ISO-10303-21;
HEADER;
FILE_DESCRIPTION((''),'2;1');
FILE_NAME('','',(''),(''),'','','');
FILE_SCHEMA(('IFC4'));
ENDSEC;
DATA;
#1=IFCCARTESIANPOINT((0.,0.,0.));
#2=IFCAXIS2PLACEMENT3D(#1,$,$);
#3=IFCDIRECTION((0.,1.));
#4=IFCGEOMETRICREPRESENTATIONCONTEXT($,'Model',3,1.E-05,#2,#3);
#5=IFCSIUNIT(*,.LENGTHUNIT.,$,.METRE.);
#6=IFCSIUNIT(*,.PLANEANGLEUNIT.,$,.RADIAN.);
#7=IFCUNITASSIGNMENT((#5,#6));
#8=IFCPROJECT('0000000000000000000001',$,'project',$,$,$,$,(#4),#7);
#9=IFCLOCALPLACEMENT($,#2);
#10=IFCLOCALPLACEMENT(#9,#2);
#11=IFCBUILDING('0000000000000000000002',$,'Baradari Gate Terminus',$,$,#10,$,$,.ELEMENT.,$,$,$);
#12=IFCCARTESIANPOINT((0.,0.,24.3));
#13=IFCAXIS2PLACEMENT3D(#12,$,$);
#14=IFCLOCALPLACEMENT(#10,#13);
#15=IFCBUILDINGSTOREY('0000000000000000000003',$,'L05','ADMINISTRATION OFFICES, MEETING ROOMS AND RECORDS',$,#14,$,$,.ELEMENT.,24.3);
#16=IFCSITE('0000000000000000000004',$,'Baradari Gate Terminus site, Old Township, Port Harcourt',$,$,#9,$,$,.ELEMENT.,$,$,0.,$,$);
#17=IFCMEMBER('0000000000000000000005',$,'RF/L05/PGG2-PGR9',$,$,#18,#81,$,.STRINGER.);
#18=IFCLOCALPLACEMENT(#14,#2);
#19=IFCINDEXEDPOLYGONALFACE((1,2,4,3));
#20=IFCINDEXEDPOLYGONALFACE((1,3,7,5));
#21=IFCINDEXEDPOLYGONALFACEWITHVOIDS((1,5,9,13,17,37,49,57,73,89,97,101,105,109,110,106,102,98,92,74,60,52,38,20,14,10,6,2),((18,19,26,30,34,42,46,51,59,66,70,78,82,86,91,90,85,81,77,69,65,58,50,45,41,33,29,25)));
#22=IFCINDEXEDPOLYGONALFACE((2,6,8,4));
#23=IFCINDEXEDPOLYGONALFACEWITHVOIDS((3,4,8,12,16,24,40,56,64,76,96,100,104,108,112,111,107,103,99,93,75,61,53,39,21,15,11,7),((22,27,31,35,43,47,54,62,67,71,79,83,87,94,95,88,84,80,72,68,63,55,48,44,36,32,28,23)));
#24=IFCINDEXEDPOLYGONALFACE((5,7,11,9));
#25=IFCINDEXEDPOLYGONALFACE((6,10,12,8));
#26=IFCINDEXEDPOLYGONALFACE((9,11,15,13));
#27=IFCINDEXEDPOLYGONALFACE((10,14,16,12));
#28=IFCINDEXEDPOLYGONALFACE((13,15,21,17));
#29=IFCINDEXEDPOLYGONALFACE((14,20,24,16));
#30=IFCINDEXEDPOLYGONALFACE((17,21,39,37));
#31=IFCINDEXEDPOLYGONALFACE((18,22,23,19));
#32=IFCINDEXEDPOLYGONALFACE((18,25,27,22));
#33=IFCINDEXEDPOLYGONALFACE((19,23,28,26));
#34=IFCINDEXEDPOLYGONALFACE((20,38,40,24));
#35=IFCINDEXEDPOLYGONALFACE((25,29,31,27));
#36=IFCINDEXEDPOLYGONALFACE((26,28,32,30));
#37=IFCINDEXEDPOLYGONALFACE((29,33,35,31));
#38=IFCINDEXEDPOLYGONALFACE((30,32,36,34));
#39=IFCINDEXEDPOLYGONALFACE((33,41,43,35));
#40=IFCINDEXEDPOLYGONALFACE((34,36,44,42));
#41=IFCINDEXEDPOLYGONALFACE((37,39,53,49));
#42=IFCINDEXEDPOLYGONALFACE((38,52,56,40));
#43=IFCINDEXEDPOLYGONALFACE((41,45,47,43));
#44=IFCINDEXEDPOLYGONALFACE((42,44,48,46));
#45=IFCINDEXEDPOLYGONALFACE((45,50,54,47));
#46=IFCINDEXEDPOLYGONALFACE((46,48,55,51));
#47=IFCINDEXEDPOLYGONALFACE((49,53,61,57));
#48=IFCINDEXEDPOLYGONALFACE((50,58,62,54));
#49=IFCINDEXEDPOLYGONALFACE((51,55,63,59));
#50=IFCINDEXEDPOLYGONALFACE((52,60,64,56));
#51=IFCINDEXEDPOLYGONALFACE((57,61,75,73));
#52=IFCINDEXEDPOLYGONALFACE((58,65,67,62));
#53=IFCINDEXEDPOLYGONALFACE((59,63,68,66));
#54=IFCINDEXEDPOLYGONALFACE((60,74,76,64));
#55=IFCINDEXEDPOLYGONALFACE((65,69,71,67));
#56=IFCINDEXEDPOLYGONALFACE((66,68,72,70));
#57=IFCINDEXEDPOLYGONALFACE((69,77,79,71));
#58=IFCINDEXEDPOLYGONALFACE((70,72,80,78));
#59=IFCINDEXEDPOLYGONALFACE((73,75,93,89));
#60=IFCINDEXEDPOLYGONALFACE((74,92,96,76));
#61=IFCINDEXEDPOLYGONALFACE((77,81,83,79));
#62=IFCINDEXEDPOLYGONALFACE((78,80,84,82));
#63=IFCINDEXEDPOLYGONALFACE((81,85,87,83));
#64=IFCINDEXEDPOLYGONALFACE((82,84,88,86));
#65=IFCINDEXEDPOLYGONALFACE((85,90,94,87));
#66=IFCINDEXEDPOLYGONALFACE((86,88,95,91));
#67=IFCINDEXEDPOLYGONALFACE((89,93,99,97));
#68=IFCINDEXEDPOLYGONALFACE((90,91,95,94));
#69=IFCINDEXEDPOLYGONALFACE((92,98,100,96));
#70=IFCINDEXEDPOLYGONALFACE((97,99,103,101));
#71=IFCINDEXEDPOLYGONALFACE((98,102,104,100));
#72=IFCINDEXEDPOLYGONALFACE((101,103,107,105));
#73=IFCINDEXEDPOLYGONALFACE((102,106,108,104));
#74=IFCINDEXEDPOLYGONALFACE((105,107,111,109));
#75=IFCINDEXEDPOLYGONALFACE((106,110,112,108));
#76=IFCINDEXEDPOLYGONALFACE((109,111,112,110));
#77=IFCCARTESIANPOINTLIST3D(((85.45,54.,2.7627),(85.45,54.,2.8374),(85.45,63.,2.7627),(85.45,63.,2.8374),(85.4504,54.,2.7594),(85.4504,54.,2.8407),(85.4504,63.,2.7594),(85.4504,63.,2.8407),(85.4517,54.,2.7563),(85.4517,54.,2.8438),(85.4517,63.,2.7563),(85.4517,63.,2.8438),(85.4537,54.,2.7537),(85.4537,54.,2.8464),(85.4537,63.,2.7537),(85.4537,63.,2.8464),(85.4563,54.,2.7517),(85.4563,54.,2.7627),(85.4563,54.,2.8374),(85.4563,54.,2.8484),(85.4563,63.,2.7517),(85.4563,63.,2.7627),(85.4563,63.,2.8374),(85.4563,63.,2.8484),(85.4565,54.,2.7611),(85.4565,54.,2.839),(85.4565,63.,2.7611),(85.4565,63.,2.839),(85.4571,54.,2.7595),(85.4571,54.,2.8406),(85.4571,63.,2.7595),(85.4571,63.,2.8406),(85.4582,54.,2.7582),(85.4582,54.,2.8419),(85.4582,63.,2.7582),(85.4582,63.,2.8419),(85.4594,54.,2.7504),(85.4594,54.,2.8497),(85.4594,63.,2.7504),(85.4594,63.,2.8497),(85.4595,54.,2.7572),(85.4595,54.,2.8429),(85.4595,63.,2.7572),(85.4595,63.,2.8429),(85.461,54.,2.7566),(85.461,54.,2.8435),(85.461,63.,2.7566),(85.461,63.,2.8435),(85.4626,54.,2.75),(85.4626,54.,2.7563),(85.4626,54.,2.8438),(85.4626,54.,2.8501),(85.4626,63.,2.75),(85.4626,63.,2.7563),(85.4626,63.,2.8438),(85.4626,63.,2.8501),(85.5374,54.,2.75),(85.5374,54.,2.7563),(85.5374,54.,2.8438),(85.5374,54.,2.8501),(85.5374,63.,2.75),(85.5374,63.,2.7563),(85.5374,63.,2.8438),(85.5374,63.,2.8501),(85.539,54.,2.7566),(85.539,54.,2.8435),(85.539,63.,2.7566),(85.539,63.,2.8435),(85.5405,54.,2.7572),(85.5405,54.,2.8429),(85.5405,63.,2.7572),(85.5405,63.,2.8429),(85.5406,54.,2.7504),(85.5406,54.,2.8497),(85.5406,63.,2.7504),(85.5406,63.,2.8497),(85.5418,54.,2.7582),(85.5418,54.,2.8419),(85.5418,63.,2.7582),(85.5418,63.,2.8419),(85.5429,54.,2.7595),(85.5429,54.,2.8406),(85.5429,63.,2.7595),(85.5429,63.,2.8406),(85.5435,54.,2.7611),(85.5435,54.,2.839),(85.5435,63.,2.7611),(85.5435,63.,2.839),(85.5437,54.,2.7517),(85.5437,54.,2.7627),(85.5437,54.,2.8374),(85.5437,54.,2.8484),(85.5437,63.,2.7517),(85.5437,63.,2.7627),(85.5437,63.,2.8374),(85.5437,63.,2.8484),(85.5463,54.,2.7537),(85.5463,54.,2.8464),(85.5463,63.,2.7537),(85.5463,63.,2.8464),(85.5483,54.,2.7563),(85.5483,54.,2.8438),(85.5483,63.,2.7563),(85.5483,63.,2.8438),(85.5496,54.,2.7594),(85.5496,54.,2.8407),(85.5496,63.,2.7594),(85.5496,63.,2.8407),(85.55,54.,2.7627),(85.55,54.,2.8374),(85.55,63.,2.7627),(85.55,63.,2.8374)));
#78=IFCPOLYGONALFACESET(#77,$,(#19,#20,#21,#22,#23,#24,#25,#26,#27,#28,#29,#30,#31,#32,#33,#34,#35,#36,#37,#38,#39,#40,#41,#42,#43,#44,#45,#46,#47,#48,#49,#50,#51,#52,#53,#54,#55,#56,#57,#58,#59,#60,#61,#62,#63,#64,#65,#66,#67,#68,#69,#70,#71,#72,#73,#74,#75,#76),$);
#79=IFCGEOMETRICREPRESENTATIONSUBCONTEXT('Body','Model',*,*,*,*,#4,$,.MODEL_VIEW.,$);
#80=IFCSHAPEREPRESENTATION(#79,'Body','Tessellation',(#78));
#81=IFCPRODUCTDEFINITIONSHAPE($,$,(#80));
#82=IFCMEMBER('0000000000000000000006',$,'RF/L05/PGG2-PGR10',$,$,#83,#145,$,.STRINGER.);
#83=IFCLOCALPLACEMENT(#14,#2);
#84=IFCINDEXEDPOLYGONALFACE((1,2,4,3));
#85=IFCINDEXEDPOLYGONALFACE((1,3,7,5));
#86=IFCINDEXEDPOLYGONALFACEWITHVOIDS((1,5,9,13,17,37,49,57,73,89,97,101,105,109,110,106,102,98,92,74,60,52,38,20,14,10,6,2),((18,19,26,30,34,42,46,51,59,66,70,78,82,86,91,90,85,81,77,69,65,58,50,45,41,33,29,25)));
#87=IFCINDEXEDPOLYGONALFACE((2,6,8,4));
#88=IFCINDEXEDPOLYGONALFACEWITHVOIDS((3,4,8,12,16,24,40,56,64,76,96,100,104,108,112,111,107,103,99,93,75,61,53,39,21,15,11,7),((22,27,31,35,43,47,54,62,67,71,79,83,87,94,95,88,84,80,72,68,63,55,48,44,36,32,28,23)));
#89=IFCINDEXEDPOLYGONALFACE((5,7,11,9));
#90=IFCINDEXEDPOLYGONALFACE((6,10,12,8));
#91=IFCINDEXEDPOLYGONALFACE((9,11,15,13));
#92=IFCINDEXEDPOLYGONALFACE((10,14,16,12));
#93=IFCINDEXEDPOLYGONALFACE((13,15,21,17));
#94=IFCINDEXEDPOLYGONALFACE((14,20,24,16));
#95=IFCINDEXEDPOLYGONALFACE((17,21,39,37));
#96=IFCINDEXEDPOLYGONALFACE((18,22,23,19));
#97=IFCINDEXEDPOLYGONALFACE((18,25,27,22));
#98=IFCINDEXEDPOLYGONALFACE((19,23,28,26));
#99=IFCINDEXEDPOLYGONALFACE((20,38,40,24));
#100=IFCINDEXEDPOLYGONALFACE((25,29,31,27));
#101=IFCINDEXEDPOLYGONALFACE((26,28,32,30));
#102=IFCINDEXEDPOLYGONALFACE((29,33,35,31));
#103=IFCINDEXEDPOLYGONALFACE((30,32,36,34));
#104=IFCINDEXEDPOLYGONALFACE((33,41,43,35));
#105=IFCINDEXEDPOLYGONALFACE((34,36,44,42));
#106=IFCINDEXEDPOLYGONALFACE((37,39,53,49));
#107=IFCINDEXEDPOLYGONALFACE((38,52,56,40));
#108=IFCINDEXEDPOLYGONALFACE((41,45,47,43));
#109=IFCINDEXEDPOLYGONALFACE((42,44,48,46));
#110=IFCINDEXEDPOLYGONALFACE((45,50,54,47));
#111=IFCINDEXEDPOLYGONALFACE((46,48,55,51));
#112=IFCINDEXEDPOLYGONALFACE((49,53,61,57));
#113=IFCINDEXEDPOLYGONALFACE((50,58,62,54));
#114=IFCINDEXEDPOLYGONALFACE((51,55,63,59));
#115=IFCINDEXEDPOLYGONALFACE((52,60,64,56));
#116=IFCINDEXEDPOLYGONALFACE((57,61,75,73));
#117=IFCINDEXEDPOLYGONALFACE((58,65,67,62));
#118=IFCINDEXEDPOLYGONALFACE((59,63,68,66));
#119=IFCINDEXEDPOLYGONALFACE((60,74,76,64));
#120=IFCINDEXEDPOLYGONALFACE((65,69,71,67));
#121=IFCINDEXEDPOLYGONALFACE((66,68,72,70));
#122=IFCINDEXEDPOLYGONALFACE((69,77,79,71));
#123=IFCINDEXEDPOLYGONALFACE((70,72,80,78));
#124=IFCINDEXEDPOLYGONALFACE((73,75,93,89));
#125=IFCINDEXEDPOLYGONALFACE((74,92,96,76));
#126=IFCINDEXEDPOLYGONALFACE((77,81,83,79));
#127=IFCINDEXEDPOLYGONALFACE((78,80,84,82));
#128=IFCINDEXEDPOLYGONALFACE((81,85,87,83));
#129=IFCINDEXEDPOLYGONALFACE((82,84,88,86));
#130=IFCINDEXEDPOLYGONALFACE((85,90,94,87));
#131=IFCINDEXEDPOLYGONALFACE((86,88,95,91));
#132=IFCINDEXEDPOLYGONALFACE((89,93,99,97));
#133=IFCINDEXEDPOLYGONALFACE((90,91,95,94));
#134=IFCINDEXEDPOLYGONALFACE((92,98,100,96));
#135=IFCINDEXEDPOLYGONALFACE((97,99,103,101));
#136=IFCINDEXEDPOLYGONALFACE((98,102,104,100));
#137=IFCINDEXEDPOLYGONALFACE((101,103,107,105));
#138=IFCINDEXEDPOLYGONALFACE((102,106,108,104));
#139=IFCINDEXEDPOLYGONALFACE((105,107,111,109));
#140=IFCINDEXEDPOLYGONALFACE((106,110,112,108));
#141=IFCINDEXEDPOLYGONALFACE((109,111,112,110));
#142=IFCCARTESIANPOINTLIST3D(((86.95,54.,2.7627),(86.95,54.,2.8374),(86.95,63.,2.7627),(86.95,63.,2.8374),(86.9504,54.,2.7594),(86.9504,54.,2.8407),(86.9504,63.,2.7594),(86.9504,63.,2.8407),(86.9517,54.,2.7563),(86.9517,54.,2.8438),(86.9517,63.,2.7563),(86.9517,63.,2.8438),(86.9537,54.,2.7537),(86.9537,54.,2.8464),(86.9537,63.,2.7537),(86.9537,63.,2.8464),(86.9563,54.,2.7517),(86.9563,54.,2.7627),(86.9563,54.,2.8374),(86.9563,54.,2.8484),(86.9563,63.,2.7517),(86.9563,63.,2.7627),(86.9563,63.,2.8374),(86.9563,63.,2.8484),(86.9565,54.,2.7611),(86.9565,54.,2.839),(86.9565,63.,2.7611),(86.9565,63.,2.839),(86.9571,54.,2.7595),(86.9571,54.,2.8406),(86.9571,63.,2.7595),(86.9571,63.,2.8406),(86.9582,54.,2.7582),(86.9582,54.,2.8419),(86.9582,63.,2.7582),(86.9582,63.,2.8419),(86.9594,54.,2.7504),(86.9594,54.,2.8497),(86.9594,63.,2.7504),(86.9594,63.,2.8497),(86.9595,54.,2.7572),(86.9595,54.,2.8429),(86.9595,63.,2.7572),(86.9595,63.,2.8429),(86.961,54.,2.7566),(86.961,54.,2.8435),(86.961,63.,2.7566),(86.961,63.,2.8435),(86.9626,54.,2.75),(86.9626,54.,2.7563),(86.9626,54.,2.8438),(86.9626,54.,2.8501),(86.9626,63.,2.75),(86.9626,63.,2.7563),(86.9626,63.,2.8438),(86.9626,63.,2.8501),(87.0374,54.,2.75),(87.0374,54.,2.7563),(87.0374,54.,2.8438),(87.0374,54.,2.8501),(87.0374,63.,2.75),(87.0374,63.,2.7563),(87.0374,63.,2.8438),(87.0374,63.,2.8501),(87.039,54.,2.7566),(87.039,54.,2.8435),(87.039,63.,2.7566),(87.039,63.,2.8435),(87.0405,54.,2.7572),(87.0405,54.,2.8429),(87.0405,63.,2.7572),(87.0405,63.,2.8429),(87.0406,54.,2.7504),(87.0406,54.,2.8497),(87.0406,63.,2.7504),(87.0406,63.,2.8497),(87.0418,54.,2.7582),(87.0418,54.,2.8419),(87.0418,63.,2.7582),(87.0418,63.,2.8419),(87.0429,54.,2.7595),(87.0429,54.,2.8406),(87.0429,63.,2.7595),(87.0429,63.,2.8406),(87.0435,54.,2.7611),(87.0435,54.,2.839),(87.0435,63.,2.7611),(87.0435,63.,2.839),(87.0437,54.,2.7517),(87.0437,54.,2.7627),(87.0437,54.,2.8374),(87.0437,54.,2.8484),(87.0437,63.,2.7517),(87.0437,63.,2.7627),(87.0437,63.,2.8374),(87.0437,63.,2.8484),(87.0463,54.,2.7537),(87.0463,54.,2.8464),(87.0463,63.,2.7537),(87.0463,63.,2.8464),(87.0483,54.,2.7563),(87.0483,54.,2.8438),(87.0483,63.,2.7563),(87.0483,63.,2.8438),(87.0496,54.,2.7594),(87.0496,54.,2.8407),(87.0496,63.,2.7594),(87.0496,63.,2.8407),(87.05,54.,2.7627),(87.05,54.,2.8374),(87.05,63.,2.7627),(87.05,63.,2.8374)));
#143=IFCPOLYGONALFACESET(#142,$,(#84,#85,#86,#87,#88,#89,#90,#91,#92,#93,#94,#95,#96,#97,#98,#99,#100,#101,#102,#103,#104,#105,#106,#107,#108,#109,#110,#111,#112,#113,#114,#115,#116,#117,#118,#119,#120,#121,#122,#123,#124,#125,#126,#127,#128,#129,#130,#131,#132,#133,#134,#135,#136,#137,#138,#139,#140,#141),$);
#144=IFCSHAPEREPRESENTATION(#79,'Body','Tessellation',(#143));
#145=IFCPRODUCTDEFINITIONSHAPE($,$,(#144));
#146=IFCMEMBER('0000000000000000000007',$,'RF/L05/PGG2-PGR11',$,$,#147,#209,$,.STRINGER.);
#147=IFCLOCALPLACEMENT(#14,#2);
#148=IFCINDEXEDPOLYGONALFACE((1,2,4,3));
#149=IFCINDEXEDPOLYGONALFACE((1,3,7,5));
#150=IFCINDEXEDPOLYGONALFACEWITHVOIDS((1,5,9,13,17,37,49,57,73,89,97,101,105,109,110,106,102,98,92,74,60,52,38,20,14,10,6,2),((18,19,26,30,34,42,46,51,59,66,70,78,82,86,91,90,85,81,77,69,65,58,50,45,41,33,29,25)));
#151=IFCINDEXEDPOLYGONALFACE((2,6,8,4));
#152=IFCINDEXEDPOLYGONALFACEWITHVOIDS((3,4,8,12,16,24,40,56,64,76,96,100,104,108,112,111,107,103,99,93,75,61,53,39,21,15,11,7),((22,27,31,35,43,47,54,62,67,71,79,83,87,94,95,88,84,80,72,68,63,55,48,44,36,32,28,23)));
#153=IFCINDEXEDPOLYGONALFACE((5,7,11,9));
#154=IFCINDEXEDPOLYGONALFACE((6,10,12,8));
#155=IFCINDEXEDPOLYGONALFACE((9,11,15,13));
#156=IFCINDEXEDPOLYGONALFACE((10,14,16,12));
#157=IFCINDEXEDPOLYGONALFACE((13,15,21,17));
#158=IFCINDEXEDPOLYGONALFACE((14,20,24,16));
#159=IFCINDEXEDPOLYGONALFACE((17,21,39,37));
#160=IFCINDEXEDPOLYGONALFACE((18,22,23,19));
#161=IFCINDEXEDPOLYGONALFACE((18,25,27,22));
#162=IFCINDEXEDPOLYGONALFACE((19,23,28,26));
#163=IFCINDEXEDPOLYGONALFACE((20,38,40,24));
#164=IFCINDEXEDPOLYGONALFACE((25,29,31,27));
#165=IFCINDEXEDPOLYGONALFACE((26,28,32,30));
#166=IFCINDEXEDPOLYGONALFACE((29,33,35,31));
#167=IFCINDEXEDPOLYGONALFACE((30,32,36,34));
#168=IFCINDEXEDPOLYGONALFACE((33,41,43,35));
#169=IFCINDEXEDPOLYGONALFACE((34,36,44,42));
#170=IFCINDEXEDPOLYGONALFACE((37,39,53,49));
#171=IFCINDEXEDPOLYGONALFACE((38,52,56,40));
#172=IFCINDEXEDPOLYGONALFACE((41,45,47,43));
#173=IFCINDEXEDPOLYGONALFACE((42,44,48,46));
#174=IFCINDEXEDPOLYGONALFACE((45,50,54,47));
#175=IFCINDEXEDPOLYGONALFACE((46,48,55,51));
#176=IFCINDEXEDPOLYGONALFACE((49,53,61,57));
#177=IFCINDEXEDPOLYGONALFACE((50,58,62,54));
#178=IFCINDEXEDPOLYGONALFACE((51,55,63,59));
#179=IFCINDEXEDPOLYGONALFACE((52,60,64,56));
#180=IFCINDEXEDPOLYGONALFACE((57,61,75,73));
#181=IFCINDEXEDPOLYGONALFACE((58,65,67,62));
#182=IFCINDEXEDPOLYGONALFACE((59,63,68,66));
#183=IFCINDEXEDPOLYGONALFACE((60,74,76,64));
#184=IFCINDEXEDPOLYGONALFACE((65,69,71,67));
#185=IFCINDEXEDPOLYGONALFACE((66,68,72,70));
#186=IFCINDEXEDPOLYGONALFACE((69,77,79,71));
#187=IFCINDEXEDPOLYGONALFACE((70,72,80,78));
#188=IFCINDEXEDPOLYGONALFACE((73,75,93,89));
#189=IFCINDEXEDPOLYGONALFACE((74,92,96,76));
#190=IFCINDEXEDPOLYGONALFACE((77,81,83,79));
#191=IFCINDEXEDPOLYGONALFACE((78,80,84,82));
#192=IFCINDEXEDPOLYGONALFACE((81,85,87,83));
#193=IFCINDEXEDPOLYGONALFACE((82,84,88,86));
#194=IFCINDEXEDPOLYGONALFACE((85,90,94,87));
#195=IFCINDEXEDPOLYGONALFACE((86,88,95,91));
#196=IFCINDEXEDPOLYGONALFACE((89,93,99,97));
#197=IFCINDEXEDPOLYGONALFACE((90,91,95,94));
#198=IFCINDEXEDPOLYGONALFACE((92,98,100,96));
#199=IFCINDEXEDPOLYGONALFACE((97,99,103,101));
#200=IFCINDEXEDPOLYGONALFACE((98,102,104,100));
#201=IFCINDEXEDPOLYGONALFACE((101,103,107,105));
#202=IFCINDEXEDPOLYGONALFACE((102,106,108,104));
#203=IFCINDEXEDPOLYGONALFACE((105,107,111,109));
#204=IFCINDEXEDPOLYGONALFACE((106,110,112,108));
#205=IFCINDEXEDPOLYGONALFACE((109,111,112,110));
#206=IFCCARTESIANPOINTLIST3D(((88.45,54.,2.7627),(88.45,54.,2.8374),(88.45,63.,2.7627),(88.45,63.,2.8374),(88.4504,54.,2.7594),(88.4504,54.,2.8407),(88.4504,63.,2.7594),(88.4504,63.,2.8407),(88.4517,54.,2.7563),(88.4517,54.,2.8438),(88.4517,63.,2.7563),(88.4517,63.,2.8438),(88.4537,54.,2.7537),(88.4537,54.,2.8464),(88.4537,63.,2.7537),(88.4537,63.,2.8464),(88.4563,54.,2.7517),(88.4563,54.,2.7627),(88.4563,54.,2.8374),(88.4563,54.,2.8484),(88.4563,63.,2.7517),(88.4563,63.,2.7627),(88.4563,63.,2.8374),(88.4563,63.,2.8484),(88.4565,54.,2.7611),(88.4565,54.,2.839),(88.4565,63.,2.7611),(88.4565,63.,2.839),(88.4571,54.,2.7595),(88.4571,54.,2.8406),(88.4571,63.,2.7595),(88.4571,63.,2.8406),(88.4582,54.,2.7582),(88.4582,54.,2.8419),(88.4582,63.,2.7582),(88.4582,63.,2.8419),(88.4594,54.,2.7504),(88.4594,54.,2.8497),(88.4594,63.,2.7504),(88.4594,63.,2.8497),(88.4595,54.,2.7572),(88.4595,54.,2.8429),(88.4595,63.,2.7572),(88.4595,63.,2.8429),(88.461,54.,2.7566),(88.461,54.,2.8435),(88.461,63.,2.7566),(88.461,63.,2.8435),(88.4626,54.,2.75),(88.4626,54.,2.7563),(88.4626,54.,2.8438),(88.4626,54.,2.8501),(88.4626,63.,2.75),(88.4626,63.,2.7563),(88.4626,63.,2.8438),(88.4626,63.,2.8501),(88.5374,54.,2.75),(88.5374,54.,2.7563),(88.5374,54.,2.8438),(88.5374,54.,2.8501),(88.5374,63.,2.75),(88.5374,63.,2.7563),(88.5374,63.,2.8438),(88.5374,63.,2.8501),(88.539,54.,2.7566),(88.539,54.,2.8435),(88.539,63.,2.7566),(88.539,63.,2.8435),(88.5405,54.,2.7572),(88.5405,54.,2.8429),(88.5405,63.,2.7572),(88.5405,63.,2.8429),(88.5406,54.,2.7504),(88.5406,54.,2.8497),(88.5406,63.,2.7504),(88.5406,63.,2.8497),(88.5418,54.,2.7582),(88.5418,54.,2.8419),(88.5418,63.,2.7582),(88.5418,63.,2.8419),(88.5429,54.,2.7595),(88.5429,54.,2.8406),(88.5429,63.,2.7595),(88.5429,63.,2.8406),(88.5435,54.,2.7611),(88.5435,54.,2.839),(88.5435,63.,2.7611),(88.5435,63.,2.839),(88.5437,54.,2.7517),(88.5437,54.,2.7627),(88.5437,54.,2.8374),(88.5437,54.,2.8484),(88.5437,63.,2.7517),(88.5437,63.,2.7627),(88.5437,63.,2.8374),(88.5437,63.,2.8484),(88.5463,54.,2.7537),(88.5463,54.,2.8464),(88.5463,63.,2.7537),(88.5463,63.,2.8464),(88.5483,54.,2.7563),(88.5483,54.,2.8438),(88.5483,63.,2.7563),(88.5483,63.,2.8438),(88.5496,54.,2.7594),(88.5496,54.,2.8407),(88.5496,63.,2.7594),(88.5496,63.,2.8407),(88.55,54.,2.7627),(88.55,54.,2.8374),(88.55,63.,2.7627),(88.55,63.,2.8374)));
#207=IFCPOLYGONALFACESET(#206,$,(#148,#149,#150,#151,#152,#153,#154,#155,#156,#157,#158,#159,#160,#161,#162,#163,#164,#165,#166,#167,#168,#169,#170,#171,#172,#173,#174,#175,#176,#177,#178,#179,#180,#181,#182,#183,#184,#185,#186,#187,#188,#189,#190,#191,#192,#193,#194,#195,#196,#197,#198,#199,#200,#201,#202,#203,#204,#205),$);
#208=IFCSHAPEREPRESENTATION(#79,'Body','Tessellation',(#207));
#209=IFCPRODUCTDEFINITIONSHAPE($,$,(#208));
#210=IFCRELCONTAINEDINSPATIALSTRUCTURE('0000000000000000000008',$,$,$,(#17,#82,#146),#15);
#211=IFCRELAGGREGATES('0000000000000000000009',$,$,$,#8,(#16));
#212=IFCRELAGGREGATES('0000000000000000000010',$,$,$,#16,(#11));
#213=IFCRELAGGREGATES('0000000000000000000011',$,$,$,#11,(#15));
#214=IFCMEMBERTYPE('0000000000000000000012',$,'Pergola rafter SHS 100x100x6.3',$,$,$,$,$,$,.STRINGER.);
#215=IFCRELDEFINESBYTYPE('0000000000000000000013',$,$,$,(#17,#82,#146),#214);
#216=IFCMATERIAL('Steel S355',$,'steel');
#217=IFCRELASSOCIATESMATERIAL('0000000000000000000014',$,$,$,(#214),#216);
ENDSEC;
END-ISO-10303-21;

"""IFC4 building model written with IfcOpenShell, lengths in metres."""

from ifc_helpers import new_model, si_unit, direction, frame, origin, origin_2d, place, context, subcontext, project, spatial, hollow_rectangle, extrude, material, material_profile, profile_set, type_object, element, save


model = new_model("IFC4")

# Units and contexts
model_context = context("Model", 3, precision=1e-05, world=origin(), true_north=direction((0.0, 1.0)))
body_context = subcontext(model_context, "Body", "Model", "MODEL_VIEW")
ifc_project = project(units=[si_unit("LENGTHUNIT", "METRE"), si_unit("PLANEANGLEUNIT", "RADIAN")], contexts=[model_context])

# Site, building, storey
site_placement = place(None, origin())
site = spatial("IfcSite", under=ifc_project, at=site_placement, Name="Baradari Gate Terminus site, Old Township, Port Harcourt", CompositionType="ELEMENT", RefElevation=0.0)
building_placement = place(site_placement, origin())
building = spatial("IfcBuilding", under=site, at=building_placement, Name="Baradari Gate Terminus", CompositionType="ELEMENT")
storey_placement = place(building_placement, frame((0.0, 0.0, 24.3)))
storey = spatial("IfcBuildingStorey", under=building, at=storey_placement, Name="L05", Description="ADMINISTRATION OFFICES, MEETING ROOMS AND RECORDS", CompositionType="ELEMENT", Elevation=24.3)

# Members
ifc_material_1 = material(Name="Steel S355", Category="steel")
ifc_material_profile_1 = material_profile(ifc_material_1, hollow_rectangle(XDim=0.1001, YDim=0.1001, WallThickness=0.0063, InnerFilletRadius=0.0063, OuterFilletRadius=0.0127, at=origin_2d()), Name="SHS 100x100x6.3")
ifc_profile_set_1 = profile_set([ifc_material_profile_1], Name="Steel S355")
member_type = type_object("IfcMemberType", Name="Pergola rafter SHS 100x100x6.3", PredefinedType="STRINGER", material=ifc_profile_set_1)
for number, where, z_axis, x_axis, name in (
    (1, (85.5, 54.0, 2.8), (0.0, 1.0, 0.0), (-1.0, 0.0, 0.0), "RF/L05/PGG2-PGR9"),
    (2, (87.0, 54.0, 2.8), (0.0, 1.0, 0.0), (-1.0, 0.0, 0.0), "RF/L05/PGG2-PGR10"),
    (3, (88.5, 54.0, 2.8), (0.0, 1.0, 0.0), (-1.0, 0.0, 0.0), "RF/L05/PGG2-PGR11"),
):
    element("IfcMember", number, at=place(storey_placement, frame(where, z_axis=z_axis, x_axis=x_axis)), inside=storey, type_object=member_type, Name=name, PredefinedType="STRINGER", context=body_context, shape_type="SweptSolid", body=[
        extrude(hollow_rectangle(XDim=0.1001, YDim=0.1001, WallThickness=0.0063, InnerFilletRadius=0.0063, OuterFilletRadius=0.0127, at=origin_2d()), origin(), (0.0, 0.0, 1.0), 9.0),
    ])

save(model, "model.ifc")
